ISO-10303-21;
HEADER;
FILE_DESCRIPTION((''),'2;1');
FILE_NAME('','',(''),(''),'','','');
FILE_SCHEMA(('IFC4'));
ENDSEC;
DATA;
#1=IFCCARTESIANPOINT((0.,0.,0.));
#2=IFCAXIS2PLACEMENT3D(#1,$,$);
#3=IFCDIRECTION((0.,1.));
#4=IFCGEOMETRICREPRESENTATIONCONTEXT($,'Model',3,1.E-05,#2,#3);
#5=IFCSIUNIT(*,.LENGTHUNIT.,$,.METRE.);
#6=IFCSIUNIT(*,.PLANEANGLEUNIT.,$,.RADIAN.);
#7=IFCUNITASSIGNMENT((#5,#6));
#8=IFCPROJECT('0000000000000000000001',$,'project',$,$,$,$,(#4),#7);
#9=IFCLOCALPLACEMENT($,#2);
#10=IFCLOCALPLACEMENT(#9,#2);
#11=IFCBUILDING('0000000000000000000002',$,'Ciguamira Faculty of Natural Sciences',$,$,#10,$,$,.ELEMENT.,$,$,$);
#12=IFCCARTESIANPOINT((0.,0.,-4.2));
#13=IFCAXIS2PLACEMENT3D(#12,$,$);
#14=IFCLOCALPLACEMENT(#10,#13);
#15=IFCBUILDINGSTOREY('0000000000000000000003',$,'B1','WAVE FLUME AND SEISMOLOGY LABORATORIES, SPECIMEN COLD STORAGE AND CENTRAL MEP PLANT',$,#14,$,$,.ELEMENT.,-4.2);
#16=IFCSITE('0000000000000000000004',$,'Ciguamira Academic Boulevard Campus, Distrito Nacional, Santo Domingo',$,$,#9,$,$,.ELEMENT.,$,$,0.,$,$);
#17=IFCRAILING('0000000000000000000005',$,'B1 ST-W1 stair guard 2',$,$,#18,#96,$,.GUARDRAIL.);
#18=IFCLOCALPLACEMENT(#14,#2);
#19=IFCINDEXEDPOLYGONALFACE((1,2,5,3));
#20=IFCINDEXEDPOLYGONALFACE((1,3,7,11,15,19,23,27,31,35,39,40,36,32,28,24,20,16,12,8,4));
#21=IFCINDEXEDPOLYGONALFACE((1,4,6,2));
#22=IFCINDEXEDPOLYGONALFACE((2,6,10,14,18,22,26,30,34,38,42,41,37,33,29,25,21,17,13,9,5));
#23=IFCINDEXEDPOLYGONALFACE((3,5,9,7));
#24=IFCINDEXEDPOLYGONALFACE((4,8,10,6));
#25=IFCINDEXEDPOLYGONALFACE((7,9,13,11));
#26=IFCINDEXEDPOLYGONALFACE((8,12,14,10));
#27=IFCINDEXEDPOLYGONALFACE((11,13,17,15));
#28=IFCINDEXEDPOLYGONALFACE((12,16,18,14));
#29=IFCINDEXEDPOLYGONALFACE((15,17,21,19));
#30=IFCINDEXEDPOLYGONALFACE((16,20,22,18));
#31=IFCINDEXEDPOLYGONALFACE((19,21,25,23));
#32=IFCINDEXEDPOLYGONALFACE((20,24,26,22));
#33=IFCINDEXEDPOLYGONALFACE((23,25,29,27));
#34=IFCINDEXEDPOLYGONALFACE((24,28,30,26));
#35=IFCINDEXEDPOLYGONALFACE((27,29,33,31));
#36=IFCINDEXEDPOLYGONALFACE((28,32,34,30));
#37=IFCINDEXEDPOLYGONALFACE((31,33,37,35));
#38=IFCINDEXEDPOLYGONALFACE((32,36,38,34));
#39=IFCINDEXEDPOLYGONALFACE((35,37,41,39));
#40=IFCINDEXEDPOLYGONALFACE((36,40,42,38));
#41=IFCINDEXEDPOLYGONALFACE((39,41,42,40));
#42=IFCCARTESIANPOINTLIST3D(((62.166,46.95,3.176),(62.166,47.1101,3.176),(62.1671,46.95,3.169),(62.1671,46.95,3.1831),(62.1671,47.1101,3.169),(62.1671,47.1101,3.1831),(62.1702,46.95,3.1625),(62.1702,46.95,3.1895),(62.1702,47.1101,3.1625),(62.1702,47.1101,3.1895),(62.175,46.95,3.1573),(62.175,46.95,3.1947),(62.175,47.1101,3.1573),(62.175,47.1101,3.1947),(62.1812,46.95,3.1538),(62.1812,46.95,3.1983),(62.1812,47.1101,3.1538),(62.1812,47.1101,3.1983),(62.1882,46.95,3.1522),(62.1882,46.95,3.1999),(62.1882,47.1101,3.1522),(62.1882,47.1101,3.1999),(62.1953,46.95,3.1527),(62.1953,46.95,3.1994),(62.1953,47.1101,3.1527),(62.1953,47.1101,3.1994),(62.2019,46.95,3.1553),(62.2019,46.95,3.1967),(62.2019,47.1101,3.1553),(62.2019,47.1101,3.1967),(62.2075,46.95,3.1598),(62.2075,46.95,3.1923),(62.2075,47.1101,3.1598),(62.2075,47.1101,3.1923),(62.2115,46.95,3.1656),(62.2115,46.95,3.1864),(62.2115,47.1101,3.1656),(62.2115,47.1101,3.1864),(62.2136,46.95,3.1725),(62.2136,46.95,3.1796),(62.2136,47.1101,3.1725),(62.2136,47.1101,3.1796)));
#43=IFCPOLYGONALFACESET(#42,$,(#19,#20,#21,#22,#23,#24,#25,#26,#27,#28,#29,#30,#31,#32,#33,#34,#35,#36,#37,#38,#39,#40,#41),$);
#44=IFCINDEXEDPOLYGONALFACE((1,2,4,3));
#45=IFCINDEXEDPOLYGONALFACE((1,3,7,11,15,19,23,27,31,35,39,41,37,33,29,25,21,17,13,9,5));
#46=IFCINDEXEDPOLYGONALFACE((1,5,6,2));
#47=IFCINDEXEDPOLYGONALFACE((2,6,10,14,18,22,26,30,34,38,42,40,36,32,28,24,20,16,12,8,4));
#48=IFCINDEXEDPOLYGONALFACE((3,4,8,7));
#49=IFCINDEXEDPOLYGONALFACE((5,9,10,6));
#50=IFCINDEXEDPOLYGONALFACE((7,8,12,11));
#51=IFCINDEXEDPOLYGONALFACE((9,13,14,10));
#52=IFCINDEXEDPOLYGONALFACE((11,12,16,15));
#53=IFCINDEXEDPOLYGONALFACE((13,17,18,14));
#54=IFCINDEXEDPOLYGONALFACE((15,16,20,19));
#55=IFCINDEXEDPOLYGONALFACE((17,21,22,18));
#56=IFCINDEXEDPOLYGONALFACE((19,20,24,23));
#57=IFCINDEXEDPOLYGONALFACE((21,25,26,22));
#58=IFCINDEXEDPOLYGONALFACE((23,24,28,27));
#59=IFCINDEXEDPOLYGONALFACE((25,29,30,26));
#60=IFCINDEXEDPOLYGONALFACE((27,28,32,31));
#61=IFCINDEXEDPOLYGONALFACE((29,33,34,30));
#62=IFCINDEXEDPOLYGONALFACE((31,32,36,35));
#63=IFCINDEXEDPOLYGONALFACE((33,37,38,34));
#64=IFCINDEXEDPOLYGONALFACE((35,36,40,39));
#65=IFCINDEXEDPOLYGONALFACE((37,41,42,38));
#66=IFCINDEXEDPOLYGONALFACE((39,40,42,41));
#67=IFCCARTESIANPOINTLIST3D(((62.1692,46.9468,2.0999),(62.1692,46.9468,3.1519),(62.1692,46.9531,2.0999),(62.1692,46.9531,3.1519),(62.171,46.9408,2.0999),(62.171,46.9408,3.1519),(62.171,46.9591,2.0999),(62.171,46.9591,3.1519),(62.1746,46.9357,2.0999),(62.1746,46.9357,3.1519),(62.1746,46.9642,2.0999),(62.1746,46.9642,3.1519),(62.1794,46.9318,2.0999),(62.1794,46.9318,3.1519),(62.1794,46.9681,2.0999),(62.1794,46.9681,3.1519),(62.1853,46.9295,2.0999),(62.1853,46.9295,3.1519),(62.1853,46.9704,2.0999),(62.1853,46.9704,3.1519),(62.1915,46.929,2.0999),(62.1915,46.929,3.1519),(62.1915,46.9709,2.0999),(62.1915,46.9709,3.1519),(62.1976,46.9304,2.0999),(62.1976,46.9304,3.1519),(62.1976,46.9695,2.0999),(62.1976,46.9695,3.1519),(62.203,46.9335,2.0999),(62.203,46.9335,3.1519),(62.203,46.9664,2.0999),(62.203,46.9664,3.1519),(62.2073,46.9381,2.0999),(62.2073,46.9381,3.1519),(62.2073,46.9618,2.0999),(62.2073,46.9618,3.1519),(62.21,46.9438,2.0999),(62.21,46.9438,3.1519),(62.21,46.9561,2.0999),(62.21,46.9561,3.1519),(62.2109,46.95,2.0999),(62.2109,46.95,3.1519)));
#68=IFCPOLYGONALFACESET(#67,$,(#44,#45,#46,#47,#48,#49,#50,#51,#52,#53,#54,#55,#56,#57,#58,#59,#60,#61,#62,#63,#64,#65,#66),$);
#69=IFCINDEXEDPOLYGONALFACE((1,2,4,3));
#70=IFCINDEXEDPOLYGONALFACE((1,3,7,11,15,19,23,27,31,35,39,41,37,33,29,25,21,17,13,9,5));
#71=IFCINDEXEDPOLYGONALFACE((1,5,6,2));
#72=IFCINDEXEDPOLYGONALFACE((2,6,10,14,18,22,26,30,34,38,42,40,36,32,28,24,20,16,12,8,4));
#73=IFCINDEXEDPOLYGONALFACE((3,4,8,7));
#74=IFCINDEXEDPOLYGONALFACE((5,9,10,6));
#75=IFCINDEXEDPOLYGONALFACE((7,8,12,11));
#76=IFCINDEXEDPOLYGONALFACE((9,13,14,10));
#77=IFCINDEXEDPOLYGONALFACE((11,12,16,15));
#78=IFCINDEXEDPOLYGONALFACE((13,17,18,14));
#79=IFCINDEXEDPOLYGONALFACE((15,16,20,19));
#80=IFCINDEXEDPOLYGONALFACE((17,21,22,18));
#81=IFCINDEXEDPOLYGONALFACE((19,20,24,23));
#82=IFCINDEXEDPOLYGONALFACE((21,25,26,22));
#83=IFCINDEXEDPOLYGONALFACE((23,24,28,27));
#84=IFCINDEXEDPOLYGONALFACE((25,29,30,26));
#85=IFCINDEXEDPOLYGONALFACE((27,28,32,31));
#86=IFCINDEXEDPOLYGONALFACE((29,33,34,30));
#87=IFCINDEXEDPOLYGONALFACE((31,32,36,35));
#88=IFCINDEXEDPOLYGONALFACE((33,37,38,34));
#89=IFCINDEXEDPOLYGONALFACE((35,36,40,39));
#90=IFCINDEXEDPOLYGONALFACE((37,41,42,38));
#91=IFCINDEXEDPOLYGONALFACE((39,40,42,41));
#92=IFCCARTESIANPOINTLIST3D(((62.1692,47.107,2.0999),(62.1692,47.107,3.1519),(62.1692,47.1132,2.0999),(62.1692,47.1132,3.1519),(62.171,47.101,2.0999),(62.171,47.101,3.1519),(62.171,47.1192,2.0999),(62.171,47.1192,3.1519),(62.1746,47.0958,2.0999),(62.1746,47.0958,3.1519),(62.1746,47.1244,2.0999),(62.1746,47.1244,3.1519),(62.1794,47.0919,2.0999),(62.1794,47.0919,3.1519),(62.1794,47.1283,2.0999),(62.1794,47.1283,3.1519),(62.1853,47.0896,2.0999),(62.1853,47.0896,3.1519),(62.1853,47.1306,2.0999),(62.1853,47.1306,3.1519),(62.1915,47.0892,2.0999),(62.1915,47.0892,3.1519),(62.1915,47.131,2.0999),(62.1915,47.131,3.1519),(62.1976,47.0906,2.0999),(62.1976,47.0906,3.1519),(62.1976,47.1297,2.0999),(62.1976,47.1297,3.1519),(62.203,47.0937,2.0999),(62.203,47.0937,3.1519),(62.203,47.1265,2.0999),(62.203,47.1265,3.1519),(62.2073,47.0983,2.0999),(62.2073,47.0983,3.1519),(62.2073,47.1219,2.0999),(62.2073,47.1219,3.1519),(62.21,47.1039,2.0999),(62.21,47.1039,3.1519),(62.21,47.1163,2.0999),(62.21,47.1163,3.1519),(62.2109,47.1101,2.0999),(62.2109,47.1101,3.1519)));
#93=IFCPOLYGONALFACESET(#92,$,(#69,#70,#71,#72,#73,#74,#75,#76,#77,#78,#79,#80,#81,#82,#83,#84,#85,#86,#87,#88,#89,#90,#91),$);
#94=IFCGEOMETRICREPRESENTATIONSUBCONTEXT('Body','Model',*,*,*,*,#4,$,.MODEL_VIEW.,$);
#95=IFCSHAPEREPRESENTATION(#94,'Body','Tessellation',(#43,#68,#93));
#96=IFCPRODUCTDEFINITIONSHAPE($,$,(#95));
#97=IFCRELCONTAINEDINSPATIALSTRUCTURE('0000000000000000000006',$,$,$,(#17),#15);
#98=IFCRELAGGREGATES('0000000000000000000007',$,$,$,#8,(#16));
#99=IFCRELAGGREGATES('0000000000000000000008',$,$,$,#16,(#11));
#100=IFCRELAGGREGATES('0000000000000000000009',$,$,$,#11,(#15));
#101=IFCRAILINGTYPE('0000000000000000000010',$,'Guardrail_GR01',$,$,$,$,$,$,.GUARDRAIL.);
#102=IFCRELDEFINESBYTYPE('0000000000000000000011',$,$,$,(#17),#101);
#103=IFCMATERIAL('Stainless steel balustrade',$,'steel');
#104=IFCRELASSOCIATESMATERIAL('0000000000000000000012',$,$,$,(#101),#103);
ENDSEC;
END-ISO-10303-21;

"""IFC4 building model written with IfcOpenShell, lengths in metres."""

from ifc_helpers import new_model, si_unit, direction, frame, origin, origin_2d, place, context, subcontext, project, spatial, circle, extrude, material, type_object, element, save


model = new_model("IFC4")

# Units and contexts
model_context = context("Model", 3, precision=1e-05, world=origin(), true_north=direction((0.0, 1.0)))
body_context = subcontext(model_context, "Body", "Model", "MODEL_VIEW")
ifc_project = project(units=[si_unit("LENGTHUNIT", "METRE"), si_unit("PLANEANGLEUNIT", "RADIAN")], contexts=[model_context])

# Site, building, storey
site_placement = place(None, origin())
site = spatial("IfcSite", under=ifc_project, at=site_placement, Name="Ciguamira Academic Boulevard Campus, Distrito Nacional, Santo Domingo", CompositionType="ELEMENT", RefElevation=0.0)
building_placement = place(site_placement, origin())
building = spatial("IfcBuilding", under=site, at=building_placement, Name="Ciguamira Faculty of Natural Sciences", CompositionType="ELEMENT")
storey_placement = place(building_placement, frame((0.0, 0.0, -4.2)))
storey = spatial("IfcBuildingStorey", under=building, at=storey_placement, Name="B1", Description="WAVE FLUME AND SEISMOLOGY LABORATORIES, SPECIMEN COLD STORAGE AND CENTRAL MEP PLANT", CompositionType="ELEMENT", Elevation=-4.2)

# Railing
ifc_material_1 = material(Name="Stainless steel balustrade", Category="steel")
railing_type_1 = type_object("IfcRailingType", Name="Guardrail_GR01", PredefinedType="GUARDRAIL", material=ifc_material_1)
railing_1_placement = place(storey_placement, frame((62.1899, 46.95, 2.0999)))
element("IfcRailing", 1, at=railing_1_placement, inside=storey, type_object=railing_type_1, Name="B1 ST-W1 stair guard 2", PredefinedType="GUARDRAIL", context=body_context, shape_type="SweptSolid", body=[
    extrude(circle(Radius=0.0239, at=origin_2d()), frame((0.0, 0.0, 1.0762), z_axis=(0.0, 1.0, 0.0), x_axis=(-1.0, 0.0, 0.0)), (0.0, 0.0, 1.0), 0.1602),
    extrude(circle(Radius=0.021, at=origin_2d()), origin(), (0.0, 0.0, 1.0), 1.052),
    extrude(circle(Radius=0.021, at=origin_2d()), frame((0.0, 0.1602, 0.0)), (0.0, 0.0, 1.0), 1.052),
])

save(model, "model.ifc")
